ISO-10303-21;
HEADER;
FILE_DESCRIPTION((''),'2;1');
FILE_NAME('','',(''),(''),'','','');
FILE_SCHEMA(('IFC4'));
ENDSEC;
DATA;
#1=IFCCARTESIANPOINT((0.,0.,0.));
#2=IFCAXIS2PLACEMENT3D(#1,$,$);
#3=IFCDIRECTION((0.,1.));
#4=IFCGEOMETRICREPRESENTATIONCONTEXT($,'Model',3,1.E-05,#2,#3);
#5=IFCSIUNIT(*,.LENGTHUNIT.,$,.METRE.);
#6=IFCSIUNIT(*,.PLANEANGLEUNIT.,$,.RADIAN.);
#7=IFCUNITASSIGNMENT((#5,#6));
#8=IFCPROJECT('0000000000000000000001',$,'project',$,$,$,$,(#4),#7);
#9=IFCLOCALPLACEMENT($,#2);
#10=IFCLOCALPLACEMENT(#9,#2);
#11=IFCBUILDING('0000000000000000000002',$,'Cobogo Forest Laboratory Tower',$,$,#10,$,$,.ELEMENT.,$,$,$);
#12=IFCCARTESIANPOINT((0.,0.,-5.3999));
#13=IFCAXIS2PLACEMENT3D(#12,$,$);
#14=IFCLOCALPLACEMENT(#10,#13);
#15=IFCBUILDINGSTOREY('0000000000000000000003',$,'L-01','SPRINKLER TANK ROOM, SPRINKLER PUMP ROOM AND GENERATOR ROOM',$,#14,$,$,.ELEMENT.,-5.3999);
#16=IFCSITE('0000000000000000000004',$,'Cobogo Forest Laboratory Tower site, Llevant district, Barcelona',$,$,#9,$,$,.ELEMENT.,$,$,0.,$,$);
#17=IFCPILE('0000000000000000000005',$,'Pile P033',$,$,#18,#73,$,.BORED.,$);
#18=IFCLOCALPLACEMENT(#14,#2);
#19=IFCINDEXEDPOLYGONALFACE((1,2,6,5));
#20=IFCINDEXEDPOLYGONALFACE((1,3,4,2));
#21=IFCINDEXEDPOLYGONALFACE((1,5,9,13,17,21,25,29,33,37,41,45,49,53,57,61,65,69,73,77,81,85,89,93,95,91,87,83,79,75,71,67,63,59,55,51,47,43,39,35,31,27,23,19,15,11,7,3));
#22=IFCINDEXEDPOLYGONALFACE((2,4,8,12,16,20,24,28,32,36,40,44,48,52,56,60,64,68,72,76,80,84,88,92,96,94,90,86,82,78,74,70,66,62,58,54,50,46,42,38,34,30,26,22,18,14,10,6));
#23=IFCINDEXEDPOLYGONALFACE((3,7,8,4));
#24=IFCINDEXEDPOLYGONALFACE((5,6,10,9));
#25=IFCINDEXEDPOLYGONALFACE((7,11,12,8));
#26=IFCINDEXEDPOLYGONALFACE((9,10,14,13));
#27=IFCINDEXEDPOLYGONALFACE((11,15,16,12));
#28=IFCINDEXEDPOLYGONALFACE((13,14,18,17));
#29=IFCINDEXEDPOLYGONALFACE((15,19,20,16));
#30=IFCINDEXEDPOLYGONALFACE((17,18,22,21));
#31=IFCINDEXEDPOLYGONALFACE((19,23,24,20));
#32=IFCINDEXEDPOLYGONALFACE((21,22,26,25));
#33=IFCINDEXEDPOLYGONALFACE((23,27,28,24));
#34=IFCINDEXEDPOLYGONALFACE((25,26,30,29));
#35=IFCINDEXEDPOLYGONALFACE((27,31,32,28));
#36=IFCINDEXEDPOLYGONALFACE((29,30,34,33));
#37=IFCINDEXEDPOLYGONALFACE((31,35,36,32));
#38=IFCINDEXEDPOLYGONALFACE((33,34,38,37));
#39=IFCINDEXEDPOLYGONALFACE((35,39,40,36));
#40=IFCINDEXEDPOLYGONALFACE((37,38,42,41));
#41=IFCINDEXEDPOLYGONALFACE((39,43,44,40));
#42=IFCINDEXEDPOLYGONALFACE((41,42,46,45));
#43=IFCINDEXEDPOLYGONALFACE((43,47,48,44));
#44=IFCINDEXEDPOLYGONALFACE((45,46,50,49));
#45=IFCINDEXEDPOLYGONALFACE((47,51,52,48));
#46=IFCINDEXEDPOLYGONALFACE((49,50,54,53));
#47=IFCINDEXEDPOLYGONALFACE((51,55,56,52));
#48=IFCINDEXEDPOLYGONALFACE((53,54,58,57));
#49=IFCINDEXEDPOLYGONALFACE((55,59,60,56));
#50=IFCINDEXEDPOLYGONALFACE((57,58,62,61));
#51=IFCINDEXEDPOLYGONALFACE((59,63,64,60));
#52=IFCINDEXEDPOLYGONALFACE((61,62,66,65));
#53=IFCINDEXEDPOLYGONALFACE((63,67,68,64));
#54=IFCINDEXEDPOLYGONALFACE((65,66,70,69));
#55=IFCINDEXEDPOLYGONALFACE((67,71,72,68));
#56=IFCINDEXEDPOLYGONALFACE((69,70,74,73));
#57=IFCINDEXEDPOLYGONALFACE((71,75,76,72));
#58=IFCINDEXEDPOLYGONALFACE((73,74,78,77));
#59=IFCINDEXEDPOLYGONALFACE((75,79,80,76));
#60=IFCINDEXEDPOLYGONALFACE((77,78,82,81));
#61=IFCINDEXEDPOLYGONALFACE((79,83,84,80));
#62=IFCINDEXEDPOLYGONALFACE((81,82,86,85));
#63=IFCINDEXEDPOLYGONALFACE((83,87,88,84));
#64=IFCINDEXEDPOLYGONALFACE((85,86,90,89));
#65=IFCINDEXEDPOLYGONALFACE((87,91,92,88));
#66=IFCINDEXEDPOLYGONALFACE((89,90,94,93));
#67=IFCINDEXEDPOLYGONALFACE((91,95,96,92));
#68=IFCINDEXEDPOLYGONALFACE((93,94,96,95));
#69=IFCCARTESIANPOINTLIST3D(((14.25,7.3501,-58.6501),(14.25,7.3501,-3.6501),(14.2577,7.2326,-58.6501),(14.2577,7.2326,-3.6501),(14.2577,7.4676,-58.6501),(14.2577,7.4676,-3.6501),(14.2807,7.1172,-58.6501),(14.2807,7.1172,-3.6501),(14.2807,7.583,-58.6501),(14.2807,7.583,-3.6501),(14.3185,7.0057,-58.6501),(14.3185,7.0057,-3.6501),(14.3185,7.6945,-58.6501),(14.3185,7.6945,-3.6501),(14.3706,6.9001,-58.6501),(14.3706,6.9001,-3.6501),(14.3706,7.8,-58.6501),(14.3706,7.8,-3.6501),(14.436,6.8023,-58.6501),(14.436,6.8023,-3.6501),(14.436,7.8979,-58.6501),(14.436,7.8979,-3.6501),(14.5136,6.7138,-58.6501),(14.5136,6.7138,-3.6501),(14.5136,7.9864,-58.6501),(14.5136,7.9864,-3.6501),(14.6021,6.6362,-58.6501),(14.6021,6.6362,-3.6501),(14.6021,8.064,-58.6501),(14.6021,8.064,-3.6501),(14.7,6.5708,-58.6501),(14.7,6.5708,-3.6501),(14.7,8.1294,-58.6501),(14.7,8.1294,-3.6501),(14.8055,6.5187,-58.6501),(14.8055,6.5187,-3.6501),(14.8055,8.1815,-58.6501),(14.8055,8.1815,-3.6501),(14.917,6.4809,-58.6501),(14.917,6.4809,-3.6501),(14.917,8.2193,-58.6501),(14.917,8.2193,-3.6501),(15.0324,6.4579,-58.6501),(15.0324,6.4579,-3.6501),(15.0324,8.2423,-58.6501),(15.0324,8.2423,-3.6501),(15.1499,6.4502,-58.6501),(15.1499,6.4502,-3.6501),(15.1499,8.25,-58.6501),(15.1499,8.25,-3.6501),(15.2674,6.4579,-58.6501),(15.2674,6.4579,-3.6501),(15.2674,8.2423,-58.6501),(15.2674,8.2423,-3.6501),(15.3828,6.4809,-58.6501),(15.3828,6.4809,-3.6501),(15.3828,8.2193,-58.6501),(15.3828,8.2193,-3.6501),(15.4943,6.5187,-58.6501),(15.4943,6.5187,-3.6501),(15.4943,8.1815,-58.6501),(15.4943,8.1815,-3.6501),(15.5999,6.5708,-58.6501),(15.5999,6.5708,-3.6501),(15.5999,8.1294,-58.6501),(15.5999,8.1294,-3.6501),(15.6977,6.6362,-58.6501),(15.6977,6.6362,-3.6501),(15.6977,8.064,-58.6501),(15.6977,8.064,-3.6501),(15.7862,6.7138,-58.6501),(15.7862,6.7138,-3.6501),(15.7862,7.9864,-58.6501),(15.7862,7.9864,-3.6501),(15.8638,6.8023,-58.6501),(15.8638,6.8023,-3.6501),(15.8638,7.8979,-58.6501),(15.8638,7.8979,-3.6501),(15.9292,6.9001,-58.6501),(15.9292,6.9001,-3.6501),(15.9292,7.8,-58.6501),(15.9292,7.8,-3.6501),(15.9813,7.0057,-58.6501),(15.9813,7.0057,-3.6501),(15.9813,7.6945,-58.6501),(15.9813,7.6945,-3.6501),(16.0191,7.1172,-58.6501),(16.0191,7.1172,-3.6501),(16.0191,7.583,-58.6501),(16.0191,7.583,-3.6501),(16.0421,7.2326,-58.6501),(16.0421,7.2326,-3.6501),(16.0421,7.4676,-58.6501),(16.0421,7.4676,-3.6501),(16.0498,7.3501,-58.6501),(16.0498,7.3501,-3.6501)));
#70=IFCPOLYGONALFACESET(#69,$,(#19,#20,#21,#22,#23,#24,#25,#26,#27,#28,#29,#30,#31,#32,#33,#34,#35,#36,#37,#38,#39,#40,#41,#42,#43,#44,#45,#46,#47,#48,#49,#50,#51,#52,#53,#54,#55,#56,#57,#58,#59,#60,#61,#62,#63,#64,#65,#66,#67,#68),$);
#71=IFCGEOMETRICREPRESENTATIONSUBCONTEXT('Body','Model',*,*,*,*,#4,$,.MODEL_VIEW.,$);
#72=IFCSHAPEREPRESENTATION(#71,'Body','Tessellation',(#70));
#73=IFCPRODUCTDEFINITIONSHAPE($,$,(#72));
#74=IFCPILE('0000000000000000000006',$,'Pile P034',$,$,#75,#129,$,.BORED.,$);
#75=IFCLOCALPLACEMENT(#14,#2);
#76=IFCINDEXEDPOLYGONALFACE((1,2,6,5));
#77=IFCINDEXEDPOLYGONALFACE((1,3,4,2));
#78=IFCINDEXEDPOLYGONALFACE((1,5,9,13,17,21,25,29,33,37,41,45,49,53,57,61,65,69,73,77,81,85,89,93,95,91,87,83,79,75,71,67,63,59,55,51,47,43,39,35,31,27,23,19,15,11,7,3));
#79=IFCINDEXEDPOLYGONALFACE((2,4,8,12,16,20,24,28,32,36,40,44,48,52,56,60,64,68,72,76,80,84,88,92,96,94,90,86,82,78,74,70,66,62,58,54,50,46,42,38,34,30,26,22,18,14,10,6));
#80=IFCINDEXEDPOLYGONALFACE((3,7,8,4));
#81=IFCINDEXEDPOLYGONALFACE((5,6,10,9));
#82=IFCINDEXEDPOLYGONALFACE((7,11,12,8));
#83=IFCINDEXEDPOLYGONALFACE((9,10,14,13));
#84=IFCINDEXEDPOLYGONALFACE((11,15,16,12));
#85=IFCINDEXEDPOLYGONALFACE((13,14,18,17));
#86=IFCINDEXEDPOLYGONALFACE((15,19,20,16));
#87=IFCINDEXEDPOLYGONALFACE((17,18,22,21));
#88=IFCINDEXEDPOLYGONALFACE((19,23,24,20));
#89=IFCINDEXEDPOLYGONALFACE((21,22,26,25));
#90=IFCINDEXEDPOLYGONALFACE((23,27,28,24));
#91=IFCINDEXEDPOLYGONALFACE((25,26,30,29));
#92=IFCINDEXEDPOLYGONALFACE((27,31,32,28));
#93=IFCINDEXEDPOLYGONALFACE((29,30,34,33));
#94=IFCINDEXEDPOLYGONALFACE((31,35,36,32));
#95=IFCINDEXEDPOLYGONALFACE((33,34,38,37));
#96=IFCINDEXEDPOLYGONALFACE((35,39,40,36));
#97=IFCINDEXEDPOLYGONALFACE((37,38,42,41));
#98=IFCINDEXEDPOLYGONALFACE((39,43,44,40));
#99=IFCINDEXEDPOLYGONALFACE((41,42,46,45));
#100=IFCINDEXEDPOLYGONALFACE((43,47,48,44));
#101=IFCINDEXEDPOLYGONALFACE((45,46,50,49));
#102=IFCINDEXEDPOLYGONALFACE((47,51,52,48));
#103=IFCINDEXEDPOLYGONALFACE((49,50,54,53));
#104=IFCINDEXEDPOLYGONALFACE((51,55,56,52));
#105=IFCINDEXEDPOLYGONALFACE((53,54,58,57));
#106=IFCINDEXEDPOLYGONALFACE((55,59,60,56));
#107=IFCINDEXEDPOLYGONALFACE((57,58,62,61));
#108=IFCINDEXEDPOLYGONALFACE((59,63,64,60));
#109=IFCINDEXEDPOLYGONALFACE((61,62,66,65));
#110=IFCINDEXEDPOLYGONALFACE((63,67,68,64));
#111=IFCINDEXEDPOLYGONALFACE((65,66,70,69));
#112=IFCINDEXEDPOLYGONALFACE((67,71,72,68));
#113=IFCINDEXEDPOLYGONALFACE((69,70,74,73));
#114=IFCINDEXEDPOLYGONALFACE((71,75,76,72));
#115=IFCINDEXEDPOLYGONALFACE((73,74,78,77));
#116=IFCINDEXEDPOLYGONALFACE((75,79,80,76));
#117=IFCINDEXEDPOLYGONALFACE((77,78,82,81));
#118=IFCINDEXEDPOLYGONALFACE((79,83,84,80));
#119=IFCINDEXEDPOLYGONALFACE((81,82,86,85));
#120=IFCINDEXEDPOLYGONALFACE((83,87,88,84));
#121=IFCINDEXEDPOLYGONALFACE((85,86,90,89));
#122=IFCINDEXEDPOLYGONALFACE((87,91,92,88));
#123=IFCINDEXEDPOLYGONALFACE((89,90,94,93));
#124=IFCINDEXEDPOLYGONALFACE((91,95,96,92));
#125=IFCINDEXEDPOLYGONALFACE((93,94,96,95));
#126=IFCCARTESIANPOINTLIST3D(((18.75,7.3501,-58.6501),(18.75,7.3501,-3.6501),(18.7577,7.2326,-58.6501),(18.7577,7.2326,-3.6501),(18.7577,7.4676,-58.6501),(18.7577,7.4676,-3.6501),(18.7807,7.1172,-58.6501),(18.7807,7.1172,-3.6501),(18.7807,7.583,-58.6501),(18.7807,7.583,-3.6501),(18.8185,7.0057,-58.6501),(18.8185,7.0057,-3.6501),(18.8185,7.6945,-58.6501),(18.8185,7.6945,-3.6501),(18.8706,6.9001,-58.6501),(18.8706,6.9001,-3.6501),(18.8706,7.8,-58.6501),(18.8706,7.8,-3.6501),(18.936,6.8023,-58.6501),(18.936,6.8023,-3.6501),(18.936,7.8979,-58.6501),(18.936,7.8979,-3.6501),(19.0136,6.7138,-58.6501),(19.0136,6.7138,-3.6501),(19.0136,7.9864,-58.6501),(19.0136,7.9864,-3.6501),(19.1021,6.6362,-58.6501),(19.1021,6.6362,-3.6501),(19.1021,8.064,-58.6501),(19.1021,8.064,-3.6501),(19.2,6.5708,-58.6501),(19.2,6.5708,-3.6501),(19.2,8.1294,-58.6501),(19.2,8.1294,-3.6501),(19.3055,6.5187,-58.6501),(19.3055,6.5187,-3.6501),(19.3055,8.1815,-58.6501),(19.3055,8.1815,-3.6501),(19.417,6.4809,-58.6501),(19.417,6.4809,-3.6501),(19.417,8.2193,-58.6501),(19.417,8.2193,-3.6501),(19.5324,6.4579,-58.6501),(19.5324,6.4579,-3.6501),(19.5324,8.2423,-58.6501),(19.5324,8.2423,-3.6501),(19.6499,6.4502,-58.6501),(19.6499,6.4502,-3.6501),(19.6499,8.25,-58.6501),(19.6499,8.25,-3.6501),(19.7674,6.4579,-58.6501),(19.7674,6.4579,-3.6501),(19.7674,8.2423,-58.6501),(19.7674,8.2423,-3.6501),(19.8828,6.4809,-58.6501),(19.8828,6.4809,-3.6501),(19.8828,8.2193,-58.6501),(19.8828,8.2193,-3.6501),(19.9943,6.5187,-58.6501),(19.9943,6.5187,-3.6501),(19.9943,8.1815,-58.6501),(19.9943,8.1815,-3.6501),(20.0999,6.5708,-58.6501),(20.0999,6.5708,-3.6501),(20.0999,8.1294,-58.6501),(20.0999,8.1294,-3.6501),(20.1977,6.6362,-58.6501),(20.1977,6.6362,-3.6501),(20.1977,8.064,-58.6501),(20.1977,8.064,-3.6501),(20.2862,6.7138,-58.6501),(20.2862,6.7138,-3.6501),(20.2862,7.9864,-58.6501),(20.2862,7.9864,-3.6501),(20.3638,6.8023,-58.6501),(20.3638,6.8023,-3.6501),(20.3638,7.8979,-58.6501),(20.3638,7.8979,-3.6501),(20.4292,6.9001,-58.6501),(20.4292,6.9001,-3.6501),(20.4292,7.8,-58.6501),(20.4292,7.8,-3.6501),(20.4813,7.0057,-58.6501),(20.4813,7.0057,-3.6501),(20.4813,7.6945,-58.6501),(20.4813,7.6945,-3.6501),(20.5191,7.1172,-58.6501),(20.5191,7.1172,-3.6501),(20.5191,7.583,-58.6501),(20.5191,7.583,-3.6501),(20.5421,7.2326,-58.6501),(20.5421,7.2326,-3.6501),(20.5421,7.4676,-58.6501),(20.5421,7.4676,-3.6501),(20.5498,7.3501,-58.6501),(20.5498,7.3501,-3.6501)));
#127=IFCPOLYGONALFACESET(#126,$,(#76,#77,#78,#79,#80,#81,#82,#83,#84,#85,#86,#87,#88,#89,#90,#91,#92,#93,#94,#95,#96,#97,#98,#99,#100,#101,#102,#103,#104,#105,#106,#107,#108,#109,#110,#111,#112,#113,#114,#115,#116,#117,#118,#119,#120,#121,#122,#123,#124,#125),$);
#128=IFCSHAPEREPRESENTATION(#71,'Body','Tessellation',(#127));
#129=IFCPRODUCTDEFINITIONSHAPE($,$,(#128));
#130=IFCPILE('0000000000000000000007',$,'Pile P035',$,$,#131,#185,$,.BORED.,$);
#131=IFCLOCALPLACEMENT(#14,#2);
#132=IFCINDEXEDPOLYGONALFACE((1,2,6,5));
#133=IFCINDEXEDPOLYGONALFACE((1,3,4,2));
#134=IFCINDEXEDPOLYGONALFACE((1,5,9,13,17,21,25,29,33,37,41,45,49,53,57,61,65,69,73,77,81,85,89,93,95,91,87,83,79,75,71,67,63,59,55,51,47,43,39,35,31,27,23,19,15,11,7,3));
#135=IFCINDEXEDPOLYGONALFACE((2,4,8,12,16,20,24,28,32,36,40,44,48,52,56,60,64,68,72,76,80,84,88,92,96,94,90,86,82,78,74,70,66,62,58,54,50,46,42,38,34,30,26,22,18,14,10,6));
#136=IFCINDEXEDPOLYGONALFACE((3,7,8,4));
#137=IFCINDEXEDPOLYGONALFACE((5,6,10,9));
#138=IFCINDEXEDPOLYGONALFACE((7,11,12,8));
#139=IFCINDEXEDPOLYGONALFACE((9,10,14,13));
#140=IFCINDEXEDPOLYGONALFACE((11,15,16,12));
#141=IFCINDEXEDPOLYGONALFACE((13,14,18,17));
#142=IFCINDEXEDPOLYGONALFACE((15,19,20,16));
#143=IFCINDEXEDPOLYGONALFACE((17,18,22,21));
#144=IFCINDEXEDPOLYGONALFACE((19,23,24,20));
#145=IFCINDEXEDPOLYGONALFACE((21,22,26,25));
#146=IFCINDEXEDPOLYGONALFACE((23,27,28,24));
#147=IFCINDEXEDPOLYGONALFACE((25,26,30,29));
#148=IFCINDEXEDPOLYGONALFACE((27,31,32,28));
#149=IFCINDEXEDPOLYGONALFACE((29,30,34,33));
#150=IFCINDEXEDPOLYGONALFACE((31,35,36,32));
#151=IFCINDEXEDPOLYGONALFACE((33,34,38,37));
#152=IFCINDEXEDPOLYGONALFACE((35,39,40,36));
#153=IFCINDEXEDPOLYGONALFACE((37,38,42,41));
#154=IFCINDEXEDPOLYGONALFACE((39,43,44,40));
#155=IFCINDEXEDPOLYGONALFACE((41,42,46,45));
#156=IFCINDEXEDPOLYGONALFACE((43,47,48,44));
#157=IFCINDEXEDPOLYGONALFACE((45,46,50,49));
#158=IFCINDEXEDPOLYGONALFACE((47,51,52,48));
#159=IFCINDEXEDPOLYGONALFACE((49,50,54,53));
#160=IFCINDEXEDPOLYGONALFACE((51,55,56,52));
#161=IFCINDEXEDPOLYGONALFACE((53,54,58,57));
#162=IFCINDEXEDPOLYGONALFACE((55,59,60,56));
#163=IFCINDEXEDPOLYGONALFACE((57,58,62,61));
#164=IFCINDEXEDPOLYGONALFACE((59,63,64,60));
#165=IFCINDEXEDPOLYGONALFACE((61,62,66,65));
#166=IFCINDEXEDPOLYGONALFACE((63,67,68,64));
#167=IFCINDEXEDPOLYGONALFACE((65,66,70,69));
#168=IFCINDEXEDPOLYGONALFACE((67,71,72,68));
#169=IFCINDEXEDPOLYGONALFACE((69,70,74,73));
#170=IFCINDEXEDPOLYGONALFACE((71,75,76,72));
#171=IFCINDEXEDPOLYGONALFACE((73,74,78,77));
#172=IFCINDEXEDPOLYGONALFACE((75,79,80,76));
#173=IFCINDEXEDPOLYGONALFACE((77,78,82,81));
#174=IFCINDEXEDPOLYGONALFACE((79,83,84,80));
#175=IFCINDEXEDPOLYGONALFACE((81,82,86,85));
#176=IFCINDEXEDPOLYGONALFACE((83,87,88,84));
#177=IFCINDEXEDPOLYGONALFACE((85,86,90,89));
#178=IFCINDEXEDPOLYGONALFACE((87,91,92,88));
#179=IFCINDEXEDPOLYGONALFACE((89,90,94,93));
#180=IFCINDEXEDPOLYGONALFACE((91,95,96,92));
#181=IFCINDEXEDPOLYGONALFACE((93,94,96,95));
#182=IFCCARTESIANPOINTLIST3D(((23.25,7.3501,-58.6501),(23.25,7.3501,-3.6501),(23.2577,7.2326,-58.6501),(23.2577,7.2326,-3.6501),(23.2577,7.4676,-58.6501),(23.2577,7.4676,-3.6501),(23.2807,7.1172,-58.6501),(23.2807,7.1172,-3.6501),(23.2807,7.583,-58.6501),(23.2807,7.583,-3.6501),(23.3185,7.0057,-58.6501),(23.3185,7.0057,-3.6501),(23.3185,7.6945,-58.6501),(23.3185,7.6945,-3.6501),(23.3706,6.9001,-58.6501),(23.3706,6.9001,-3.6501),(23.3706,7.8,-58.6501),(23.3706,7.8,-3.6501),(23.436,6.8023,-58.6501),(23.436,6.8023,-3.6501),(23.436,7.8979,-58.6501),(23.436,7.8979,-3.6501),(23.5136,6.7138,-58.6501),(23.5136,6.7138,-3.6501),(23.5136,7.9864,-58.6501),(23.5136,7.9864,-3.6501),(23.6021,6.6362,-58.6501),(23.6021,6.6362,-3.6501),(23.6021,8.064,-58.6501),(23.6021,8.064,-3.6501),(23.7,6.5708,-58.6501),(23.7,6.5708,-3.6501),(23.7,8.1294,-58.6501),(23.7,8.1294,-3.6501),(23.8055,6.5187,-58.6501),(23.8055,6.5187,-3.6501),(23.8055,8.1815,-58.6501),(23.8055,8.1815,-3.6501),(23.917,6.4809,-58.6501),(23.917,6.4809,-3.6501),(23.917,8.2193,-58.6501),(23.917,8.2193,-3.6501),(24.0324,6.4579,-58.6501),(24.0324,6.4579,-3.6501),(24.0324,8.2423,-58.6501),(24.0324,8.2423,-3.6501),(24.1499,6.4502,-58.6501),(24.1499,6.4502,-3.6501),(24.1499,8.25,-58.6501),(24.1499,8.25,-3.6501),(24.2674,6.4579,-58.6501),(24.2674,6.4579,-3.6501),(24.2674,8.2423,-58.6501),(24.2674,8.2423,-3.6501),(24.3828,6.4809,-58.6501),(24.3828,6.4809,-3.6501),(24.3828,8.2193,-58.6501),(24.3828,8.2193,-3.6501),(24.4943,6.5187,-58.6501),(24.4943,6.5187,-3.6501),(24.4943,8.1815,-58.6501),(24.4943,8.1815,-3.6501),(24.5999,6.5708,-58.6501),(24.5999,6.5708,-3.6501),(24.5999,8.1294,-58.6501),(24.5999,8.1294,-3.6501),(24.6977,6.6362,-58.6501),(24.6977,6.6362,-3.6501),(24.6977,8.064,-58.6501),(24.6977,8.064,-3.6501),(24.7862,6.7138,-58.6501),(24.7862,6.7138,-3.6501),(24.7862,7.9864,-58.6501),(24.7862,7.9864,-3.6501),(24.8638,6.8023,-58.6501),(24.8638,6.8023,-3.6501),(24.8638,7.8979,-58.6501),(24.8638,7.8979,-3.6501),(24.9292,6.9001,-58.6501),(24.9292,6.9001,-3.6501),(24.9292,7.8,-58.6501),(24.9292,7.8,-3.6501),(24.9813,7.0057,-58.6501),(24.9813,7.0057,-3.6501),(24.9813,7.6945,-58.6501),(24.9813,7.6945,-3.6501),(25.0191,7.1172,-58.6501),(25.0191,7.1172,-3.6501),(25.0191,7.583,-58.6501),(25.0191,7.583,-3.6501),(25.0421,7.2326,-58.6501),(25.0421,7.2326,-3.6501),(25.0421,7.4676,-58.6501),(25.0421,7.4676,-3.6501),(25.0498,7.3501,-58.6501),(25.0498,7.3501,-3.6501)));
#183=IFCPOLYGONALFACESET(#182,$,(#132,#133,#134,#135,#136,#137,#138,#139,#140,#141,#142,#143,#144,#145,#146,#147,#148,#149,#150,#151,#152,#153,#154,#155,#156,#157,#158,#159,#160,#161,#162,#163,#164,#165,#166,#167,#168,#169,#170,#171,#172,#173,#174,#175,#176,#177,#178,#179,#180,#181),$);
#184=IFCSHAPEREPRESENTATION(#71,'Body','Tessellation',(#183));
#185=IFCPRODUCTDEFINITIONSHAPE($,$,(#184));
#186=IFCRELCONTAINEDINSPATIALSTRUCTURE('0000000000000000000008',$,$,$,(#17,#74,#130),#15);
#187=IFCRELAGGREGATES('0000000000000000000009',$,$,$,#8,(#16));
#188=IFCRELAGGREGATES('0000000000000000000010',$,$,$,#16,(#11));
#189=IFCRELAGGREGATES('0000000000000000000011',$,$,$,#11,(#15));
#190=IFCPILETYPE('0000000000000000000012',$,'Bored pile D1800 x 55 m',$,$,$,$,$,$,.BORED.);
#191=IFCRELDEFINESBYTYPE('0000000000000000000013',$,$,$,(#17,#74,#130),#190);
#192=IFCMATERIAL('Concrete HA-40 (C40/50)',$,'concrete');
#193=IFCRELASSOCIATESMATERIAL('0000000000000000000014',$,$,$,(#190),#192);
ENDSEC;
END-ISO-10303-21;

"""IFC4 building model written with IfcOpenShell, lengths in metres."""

from ifc_helpers import new_model, si_unit, direction, frame, origin, origin_2d, place, context, subcontext, project, spatial, circle, extrude, material, material_profile, profile_set, type_object, element, save


model = new_model("IFC4")

# Units and contexts
model_context = context("Model", 3, precision=1e-05, world=origin(), true_north=direction((0.0, 1.0)))
body_context = subcontext(model_context, "Body", "Model", "MODEL_VIEW")
ifc_project = project(units=[si_unit("LENGTHUNIT", "METRE"), si_unit("PLANEANGLEUNIT", "RADIAN")], contexts=[model_context])

# Site, building, storey
site_placement = place(None, origin())
site = spatial("IfcSite", under=ifc_project, at=site_placement, Name="Cobogo Forest Laboratory Tower site, Llevant district, Barcelona", CompositionType="ELEMENT", RefElevation=0.0)
building_placement = place(site_placement, origin())
building = spatial("IfcBuilding", under=site, at=building_placement, Name="Cobogo Forest Laboratory Tower", CompositionType="ELEMENT")
storey_placement = place(building_placement, frame((0.0, 0.0, -5.3999)))
storey = spatial("IfcBuildingStorey", under=building, at=storey_placement, Name="L-01", Description="SPRINKLER TANK ROOM, SPRINKLER PUMP ROOM AND GENERATOR ROOM", CompositionType="ELEMENT", Elevation=-5.3999)

# Piles
ifc_material_1 = material(Name="Concrete HA-40 (C40/50)", Category="concrete")
ifc_material_profile_1 = material_profile(ifc_material_1, circle(Radius=0.8999, at=origin_2d()), Name="PILE D1800")
ifc_profile_set_1 = profile_set([ifc_material_profile_1], Name="Concrete HA-40 (C40/50)")
pile_type = type_object("IfcPileType", Name="Bored pile D1800 x 55 m", PredefinedType="BORED", material=ifc_profile_set_1)
for number, where, z_axis, x_axis, name in (
    (1, (15.1499, 7.3501, -3.6501), (0.0, 0.0, -1.0), (1.0, 0.0, 0.0), "Pile P033"),
    (2, (19.6499, 7.3501, -3.6501), (0.0, 0.0, -1.0), (1.0, 0.0, 0.0), "Pile P034"),
    (3, (24.1499, 7.3501, -3.6501), (0.0, 0.0, -1.0), (1.0, 0.0, 0.0), "Pile P035"),
):
    element("IfcPile", number, at=place(storey_placement, frame(where, z_axis=z_axis, x_axis=x_axis)), inside=storey, type_object=pile_type, Name=name, PredefinedType="BORED", context=body_context, shape_type="SweptSolid", body=[
        extrude(circle(Radius=0.8999, at=origin_2d()), origin(), (0.0, 0.0, 1.0), 55.0),
    ])

save(model, "model.ifc")
